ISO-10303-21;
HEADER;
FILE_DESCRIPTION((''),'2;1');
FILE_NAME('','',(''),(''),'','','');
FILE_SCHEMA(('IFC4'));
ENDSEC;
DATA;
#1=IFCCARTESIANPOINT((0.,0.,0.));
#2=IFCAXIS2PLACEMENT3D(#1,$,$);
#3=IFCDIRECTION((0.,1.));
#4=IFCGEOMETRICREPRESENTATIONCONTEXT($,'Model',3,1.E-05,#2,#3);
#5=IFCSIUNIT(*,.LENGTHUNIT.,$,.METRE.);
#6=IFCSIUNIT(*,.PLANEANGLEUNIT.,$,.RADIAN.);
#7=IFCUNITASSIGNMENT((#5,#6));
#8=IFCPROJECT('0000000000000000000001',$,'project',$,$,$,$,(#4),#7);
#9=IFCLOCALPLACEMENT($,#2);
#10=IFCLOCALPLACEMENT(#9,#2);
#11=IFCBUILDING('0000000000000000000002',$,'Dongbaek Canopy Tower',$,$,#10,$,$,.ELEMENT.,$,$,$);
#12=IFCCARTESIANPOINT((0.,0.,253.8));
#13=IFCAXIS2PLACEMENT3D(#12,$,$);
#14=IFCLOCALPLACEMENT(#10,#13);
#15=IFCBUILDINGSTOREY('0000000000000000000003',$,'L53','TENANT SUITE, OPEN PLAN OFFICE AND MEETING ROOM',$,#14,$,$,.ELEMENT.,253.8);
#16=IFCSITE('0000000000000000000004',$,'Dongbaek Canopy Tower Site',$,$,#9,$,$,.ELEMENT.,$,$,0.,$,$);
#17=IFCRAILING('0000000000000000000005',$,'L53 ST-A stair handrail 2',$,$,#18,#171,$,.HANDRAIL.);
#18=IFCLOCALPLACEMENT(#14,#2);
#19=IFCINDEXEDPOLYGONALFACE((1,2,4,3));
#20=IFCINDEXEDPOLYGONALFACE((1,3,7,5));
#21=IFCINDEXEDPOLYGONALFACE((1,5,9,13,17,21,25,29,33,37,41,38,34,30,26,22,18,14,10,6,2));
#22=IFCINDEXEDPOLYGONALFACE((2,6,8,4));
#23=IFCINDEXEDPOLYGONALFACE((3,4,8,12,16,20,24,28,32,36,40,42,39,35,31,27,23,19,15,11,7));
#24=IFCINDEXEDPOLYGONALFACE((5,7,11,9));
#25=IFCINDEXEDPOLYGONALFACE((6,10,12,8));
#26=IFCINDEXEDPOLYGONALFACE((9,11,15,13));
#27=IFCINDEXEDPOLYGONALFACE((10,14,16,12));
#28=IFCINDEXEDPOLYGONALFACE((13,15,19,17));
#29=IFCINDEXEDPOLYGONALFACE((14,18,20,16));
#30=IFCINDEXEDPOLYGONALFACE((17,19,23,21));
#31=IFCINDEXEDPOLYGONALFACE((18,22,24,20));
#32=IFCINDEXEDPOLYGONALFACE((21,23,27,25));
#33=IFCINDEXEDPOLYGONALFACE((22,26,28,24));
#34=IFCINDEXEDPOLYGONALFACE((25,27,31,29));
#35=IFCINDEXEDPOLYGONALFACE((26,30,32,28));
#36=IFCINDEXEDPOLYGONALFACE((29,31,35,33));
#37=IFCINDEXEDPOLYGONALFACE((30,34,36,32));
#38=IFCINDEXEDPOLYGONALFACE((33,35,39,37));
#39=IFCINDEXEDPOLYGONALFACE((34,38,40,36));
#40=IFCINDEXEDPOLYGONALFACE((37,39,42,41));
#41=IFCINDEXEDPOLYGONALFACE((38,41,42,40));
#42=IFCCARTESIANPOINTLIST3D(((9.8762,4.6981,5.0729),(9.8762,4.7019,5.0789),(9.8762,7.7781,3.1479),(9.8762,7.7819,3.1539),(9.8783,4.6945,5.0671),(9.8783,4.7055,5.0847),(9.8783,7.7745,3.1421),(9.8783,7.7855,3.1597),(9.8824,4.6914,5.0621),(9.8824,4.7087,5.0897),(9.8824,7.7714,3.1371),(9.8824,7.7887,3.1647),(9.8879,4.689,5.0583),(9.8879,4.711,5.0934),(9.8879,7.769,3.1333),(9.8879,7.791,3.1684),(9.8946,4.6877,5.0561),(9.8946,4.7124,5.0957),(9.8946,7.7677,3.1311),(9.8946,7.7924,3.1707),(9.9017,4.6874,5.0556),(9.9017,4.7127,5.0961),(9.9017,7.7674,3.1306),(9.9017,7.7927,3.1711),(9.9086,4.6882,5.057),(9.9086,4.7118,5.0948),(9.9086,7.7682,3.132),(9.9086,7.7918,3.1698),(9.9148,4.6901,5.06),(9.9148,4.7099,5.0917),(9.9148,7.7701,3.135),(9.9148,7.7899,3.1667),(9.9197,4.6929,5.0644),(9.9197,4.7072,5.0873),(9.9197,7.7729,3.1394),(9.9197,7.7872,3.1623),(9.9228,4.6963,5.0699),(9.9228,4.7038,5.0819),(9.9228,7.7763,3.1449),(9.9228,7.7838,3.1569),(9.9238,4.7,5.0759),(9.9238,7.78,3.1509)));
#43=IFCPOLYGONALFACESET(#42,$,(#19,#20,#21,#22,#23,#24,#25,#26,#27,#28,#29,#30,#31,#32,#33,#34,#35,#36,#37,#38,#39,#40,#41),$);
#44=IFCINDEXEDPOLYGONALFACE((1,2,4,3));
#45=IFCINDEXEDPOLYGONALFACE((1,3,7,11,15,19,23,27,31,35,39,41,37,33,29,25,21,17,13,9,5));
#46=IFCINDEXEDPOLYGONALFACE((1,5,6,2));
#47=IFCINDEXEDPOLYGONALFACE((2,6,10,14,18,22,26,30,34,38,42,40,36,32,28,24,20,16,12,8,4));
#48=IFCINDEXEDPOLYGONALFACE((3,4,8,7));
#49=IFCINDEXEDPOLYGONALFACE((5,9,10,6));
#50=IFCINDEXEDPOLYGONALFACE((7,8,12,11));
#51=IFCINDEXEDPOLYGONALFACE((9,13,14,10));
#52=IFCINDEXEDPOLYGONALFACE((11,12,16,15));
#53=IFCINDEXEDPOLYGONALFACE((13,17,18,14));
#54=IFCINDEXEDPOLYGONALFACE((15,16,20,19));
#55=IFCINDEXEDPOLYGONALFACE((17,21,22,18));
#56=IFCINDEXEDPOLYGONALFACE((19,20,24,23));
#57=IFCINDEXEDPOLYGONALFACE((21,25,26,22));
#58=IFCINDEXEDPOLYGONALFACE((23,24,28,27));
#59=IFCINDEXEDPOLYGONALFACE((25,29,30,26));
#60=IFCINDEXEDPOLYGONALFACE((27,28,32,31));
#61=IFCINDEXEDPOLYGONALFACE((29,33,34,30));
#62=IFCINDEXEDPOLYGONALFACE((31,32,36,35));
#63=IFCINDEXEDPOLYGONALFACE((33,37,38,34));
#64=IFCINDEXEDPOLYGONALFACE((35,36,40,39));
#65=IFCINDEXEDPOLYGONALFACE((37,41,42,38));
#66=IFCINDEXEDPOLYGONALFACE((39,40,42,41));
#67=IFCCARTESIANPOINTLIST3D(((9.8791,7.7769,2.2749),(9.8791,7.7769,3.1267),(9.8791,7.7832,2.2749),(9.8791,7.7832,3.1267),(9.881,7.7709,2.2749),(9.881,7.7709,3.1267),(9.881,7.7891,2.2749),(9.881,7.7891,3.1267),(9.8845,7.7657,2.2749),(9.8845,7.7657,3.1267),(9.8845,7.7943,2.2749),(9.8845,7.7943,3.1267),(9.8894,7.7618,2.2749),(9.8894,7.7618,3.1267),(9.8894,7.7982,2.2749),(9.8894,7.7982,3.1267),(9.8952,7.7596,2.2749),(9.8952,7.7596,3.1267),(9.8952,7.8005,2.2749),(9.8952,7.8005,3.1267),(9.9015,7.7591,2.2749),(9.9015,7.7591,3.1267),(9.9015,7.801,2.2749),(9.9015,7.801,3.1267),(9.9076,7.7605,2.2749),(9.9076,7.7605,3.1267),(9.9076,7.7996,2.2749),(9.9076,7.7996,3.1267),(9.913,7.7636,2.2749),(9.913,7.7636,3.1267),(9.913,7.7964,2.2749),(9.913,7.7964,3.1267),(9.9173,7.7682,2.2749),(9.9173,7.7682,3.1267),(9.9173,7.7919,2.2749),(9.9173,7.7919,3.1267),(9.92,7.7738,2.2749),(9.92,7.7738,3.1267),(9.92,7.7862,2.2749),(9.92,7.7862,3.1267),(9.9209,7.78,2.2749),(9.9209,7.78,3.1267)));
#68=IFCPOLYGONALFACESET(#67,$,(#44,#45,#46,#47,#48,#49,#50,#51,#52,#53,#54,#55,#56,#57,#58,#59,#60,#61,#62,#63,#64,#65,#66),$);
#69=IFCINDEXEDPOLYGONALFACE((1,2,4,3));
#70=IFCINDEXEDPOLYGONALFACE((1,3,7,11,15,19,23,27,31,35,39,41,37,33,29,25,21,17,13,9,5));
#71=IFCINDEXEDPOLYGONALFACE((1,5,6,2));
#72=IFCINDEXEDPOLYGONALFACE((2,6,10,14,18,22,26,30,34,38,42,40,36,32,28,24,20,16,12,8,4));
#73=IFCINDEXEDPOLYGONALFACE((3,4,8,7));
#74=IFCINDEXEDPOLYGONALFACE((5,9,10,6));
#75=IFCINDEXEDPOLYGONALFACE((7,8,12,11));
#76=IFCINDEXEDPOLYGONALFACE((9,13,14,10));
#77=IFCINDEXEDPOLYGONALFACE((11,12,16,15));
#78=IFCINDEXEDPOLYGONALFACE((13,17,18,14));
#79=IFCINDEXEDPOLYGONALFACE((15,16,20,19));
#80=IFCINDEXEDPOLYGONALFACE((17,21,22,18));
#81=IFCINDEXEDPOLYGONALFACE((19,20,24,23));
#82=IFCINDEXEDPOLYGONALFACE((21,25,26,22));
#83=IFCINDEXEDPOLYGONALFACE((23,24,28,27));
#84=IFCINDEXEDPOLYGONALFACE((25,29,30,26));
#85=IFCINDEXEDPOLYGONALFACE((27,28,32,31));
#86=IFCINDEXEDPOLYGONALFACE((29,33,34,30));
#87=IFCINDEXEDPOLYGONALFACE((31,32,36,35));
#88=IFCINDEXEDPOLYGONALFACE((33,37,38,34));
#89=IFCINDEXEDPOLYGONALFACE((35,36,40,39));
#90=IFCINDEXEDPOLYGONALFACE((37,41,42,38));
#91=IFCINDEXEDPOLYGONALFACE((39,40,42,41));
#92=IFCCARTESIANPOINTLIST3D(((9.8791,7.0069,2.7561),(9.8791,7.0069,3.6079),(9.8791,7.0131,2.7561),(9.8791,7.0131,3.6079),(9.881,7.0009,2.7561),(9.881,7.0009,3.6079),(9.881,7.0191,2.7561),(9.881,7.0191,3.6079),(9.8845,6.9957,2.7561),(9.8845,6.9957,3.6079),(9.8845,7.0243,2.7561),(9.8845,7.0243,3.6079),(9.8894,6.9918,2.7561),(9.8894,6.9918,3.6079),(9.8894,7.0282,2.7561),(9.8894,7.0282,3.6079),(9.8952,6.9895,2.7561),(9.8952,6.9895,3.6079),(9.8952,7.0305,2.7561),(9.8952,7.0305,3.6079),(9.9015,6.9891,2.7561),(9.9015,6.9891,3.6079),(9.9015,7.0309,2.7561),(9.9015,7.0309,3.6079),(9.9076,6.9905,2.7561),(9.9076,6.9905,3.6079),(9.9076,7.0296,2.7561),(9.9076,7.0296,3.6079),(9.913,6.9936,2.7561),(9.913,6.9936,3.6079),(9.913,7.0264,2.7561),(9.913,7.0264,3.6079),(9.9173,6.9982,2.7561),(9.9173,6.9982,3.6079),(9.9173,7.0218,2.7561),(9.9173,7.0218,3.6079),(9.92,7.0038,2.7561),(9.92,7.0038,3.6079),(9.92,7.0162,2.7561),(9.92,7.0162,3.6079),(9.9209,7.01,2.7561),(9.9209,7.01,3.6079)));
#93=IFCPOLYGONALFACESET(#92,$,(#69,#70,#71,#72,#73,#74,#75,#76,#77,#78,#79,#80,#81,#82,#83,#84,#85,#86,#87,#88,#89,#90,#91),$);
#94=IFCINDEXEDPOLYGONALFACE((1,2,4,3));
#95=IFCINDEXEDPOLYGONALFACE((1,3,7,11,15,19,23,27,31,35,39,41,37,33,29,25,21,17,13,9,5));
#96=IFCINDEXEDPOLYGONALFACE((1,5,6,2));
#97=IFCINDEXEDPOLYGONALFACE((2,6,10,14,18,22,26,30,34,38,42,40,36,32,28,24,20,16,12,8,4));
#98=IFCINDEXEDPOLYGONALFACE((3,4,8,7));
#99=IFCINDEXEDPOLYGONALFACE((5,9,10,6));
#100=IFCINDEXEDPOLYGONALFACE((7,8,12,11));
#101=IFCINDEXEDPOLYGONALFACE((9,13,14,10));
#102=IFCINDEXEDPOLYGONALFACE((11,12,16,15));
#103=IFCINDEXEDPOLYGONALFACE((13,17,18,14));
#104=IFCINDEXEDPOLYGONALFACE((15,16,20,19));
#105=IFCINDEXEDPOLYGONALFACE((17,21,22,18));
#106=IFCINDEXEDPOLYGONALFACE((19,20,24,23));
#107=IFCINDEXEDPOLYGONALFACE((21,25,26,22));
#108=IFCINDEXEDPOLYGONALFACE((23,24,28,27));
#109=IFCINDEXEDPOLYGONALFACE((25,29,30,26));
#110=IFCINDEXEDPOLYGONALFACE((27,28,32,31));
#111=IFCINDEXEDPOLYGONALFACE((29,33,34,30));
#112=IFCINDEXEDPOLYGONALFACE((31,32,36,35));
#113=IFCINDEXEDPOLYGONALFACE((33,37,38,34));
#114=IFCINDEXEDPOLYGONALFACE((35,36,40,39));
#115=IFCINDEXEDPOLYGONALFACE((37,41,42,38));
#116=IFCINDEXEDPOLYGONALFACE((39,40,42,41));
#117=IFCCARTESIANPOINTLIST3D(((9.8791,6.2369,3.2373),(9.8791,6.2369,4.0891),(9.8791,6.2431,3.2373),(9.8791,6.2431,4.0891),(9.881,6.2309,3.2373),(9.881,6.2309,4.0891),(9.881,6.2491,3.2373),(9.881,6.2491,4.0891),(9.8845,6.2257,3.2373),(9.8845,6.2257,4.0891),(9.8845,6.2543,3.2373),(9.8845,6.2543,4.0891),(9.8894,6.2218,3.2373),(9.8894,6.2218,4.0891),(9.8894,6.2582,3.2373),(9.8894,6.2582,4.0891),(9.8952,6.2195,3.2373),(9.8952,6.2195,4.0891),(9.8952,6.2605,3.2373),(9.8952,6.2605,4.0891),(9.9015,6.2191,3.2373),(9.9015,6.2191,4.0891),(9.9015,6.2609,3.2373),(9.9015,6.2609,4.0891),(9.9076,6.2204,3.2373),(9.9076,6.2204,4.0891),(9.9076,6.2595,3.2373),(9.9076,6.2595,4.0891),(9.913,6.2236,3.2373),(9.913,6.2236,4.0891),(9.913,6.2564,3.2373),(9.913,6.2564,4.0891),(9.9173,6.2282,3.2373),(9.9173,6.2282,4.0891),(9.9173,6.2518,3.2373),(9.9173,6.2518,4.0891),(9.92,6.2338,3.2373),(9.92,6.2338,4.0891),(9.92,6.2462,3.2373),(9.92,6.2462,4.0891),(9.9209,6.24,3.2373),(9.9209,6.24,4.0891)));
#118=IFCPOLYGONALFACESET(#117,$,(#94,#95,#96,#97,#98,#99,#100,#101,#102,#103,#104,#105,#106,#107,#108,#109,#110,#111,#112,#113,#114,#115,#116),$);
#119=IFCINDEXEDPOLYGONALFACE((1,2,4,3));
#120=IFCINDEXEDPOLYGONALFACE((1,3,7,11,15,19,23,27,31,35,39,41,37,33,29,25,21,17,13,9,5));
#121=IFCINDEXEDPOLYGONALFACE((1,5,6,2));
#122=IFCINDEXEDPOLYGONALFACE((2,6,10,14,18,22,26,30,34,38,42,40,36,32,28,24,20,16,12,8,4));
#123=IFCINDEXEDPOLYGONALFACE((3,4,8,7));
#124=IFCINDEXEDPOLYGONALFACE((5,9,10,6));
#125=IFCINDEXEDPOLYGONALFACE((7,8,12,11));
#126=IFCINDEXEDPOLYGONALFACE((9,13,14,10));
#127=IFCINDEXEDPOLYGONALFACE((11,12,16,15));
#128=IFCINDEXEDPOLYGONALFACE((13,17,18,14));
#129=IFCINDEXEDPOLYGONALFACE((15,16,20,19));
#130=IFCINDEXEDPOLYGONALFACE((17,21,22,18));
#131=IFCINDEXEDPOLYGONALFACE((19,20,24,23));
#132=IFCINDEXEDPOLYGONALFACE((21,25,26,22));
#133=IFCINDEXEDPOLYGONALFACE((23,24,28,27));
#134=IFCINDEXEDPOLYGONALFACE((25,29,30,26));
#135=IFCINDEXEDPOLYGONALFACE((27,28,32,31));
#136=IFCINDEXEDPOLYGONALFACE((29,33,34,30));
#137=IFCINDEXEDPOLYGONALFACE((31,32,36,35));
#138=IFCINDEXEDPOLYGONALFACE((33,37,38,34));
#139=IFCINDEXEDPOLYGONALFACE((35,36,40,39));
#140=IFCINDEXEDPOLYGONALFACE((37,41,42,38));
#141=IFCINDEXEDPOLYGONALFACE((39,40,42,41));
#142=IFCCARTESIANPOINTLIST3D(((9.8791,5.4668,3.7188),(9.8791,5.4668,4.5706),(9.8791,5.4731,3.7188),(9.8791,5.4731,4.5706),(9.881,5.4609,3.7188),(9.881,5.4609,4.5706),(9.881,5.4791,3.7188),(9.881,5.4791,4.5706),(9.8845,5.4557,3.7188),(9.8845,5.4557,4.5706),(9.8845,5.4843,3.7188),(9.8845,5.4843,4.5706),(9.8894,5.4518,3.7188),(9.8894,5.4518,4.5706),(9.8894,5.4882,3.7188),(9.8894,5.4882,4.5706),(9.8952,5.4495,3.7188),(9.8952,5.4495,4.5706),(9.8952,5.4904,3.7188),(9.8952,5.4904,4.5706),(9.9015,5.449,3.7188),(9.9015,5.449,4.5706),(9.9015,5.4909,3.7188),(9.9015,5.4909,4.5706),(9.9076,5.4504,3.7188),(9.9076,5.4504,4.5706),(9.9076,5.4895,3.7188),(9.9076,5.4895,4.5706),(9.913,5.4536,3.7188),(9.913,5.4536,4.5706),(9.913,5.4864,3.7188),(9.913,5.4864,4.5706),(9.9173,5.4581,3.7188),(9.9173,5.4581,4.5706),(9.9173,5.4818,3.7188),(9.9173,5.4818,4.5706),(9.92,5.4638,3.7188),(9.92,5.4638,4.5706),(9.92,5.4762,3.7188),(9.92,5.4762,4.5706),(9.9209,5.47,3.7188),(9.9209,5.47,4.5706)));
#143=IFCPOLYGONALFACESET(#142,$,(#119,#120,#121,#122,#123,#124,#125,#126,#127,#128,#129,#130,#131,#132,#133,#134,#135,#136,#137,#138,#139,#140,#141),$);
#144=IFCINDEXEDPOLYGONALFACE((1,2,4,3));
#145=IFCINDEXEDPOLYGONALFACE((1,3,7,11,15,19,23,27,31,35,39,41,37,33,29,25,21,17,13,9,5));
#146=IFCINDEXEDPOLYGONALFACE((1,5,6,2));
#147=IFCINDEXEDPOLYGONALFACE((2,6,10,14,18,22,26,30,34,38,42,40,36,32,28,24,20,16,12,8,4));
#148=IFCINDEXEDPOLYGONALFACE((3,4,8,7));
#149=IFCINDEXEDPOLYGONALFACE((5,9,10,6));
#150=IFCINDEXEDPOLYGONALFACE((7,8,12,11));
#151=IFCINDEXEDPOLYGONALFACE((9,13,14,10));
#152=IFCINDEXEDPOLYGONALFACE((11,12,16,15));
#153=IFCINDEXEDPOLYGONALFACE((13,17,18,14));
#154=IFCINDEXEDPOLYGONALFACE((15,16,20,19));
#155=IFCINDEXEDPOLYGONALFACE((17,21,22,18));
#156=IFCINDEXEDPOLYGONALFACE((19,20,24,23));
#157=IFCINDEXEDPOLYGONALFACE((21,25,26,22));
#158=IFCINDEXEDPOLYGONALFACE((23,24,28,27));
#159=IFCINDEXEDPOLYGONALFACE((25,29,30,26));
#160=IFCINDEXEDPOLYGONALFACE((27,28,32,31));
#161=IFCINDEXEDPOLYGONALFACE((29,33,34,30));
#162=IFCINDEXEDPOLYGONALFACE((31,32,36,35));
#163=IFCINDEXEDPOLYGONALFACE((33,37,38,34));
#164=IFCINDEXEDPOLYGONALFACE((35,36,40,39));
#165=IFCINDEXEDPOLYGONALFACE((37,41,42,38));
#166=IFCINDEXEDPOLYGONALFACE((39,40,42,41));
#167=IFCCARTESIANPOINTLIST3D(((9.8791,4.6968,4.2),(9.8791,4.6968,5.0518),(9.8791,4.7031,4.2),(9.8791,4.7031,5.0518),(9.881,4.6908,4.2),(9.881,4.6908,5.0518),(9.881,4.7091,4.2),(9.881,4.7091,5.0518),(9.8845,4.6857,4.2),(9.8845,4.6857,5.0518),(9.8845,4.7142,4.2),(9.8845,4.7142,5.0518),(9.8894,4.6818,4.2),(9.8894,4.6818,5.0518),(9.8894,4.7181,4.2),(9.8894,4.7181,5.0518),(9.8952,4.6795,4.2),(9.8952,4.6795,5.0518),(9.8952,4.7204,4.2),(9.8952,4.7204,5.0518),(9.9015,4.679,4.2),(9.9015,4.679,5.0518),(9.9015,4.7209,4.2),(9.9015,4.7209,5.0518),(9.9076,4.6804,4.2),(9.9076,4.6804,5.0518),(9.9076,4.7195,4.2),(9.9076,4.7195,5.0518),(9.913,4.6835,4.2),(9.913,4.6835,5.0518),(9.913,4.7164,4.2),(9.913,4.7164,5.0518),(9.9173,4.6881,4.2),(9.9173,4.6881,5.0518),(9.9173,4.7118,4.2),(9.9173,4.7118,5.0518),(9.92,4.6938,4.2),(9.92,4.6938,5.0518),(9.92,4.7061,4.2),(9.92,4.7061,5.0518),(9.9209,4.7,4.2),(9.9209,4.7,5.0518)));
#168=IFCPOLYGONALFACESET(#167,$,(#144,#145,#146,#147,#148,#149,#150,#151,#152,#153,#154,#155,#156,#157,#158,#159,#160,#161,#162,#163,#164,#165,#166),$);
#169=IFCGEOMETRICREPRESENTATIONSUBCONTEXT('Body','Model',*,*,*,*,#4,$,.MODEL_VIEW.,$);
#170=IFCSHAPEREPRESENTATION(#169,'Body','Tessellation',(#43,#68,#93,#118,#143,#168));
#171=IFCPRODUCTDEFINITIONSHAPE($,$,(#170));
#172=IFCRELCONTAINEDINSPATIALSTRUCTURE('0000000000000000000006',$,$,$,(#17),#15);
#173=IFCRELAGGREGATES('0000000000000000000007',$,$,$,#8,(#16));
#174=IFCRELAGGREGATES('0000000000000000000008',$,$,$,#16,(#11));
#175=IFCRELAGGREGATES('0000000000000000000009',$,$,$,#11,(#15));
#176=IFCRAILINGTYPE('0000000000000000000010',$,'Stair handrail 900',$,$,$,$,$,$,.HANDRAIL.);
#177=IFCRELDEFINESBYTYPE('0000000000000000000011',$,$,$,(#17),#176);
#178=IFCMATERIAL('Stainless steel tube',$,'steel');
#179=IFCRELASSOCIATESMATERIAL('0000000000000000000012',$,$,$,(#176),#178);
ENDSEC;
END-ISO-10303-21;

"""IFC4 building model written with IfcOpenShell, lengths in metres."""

from ifc_helpers import new_model, si_unit, direction, frame, origin, origin_2d, place, context, subcontext, project, spatial, circle, extrude, material, type_object, element, save


model = new_model("IFC4")

# Units and contexts
model_context = context("Model", 3, precision=1e-05, world=origin(), true_north=direction((0.0, 1.0)))
body_context = subcontext(model_context, "Body", "Model", "MODEL_VIEW")
ifc_project = project(units=[si_unit("LENGTHUNIT", "METRE"), si_unit("PLANEANGLEUNIT", "RADIAN")], contexts=[model_context])

# Site, building, storey
site_placement = place(None, origin())
site = spatial("IfcSite", under=ifc_project, at=site_placement, Name="Dongbaek Canopy Tower Site", CompositionType="ELEMENT", RefElevation=0.0)
building_placement = place(site_placement, origin())
building = spatial("IfcBuilding", under=site, at=building_placement, Name="Dongbaek Canopy Tower", CompositionType="ELEMENT")
storey_placement = place(building_placement, frame((0.0, 0.0, 253.8)))
storey = spatial("IfcBuildingStorey", under=building, at=storey_placement, Name="L53", Description="TENANT SUITE, OPEN PLAN OFFICE AND MEETING ROOM", CompositionType="ELEMENT", Elevation=253.8)

# Railing
ifc_material_1 = material(Name="Stainless steel tube", Category="steel")
railing_type_1 = type_object("IfcRailingType", Name="Stair handrail 900", PredefinedType="HANDRAIL", material=ifc_material_1)
railing_1_placement = place(storey_placement, frame((9.8999, 7.78, 2.2749)))
element("IfcRailing", 1, at=railing_1_placement, inside=storey, type_object=railing_type_1, Name="L53 ST-A stair handrail 2", PredefinedType="HANDRAIL", context=body_context, shape_type="SweptSolid", body=[
    extrude(circle(Radius=0.0239, at=origin_2d()), frame((0.0, 0.0, 0.876), z_axis=(0.0, -0.847998, 0.529999), x_axis=(1.0, 0.0, 0.0)), (0.0, 0.0, 1.0), 3.6321),
    extrude(circle(Radius=0.021, at=origin_2d()), origin(), (0.0, 0.0, 1.0), 0.8518),
    extrude(circle(Radius=0.021, at=origin_2d()), frame((0.0, -0.77, 0.4812)), (0.0, 0.0, 1.0), 0.8518),
    extrude(circle(Radius=0.021, at=origin_2d()), frame((0.0, -1.54, 0.9624)), (0.0, 0.0, 1.0), 0.8518),
    extrude(circle(Radius=0.021, at=origin_2d()), frame((0.0, -2.3101, 1.4438)), (0.0, 0.0, 1.0), 0.8518),
    extrude(circle(Radius=0.021, at=origin_2d()), frame((0.0, -3.0801, 1.925)), (0.0, 0.0, 1.0), 0.8518),
])

save(model, "model.ifc")
